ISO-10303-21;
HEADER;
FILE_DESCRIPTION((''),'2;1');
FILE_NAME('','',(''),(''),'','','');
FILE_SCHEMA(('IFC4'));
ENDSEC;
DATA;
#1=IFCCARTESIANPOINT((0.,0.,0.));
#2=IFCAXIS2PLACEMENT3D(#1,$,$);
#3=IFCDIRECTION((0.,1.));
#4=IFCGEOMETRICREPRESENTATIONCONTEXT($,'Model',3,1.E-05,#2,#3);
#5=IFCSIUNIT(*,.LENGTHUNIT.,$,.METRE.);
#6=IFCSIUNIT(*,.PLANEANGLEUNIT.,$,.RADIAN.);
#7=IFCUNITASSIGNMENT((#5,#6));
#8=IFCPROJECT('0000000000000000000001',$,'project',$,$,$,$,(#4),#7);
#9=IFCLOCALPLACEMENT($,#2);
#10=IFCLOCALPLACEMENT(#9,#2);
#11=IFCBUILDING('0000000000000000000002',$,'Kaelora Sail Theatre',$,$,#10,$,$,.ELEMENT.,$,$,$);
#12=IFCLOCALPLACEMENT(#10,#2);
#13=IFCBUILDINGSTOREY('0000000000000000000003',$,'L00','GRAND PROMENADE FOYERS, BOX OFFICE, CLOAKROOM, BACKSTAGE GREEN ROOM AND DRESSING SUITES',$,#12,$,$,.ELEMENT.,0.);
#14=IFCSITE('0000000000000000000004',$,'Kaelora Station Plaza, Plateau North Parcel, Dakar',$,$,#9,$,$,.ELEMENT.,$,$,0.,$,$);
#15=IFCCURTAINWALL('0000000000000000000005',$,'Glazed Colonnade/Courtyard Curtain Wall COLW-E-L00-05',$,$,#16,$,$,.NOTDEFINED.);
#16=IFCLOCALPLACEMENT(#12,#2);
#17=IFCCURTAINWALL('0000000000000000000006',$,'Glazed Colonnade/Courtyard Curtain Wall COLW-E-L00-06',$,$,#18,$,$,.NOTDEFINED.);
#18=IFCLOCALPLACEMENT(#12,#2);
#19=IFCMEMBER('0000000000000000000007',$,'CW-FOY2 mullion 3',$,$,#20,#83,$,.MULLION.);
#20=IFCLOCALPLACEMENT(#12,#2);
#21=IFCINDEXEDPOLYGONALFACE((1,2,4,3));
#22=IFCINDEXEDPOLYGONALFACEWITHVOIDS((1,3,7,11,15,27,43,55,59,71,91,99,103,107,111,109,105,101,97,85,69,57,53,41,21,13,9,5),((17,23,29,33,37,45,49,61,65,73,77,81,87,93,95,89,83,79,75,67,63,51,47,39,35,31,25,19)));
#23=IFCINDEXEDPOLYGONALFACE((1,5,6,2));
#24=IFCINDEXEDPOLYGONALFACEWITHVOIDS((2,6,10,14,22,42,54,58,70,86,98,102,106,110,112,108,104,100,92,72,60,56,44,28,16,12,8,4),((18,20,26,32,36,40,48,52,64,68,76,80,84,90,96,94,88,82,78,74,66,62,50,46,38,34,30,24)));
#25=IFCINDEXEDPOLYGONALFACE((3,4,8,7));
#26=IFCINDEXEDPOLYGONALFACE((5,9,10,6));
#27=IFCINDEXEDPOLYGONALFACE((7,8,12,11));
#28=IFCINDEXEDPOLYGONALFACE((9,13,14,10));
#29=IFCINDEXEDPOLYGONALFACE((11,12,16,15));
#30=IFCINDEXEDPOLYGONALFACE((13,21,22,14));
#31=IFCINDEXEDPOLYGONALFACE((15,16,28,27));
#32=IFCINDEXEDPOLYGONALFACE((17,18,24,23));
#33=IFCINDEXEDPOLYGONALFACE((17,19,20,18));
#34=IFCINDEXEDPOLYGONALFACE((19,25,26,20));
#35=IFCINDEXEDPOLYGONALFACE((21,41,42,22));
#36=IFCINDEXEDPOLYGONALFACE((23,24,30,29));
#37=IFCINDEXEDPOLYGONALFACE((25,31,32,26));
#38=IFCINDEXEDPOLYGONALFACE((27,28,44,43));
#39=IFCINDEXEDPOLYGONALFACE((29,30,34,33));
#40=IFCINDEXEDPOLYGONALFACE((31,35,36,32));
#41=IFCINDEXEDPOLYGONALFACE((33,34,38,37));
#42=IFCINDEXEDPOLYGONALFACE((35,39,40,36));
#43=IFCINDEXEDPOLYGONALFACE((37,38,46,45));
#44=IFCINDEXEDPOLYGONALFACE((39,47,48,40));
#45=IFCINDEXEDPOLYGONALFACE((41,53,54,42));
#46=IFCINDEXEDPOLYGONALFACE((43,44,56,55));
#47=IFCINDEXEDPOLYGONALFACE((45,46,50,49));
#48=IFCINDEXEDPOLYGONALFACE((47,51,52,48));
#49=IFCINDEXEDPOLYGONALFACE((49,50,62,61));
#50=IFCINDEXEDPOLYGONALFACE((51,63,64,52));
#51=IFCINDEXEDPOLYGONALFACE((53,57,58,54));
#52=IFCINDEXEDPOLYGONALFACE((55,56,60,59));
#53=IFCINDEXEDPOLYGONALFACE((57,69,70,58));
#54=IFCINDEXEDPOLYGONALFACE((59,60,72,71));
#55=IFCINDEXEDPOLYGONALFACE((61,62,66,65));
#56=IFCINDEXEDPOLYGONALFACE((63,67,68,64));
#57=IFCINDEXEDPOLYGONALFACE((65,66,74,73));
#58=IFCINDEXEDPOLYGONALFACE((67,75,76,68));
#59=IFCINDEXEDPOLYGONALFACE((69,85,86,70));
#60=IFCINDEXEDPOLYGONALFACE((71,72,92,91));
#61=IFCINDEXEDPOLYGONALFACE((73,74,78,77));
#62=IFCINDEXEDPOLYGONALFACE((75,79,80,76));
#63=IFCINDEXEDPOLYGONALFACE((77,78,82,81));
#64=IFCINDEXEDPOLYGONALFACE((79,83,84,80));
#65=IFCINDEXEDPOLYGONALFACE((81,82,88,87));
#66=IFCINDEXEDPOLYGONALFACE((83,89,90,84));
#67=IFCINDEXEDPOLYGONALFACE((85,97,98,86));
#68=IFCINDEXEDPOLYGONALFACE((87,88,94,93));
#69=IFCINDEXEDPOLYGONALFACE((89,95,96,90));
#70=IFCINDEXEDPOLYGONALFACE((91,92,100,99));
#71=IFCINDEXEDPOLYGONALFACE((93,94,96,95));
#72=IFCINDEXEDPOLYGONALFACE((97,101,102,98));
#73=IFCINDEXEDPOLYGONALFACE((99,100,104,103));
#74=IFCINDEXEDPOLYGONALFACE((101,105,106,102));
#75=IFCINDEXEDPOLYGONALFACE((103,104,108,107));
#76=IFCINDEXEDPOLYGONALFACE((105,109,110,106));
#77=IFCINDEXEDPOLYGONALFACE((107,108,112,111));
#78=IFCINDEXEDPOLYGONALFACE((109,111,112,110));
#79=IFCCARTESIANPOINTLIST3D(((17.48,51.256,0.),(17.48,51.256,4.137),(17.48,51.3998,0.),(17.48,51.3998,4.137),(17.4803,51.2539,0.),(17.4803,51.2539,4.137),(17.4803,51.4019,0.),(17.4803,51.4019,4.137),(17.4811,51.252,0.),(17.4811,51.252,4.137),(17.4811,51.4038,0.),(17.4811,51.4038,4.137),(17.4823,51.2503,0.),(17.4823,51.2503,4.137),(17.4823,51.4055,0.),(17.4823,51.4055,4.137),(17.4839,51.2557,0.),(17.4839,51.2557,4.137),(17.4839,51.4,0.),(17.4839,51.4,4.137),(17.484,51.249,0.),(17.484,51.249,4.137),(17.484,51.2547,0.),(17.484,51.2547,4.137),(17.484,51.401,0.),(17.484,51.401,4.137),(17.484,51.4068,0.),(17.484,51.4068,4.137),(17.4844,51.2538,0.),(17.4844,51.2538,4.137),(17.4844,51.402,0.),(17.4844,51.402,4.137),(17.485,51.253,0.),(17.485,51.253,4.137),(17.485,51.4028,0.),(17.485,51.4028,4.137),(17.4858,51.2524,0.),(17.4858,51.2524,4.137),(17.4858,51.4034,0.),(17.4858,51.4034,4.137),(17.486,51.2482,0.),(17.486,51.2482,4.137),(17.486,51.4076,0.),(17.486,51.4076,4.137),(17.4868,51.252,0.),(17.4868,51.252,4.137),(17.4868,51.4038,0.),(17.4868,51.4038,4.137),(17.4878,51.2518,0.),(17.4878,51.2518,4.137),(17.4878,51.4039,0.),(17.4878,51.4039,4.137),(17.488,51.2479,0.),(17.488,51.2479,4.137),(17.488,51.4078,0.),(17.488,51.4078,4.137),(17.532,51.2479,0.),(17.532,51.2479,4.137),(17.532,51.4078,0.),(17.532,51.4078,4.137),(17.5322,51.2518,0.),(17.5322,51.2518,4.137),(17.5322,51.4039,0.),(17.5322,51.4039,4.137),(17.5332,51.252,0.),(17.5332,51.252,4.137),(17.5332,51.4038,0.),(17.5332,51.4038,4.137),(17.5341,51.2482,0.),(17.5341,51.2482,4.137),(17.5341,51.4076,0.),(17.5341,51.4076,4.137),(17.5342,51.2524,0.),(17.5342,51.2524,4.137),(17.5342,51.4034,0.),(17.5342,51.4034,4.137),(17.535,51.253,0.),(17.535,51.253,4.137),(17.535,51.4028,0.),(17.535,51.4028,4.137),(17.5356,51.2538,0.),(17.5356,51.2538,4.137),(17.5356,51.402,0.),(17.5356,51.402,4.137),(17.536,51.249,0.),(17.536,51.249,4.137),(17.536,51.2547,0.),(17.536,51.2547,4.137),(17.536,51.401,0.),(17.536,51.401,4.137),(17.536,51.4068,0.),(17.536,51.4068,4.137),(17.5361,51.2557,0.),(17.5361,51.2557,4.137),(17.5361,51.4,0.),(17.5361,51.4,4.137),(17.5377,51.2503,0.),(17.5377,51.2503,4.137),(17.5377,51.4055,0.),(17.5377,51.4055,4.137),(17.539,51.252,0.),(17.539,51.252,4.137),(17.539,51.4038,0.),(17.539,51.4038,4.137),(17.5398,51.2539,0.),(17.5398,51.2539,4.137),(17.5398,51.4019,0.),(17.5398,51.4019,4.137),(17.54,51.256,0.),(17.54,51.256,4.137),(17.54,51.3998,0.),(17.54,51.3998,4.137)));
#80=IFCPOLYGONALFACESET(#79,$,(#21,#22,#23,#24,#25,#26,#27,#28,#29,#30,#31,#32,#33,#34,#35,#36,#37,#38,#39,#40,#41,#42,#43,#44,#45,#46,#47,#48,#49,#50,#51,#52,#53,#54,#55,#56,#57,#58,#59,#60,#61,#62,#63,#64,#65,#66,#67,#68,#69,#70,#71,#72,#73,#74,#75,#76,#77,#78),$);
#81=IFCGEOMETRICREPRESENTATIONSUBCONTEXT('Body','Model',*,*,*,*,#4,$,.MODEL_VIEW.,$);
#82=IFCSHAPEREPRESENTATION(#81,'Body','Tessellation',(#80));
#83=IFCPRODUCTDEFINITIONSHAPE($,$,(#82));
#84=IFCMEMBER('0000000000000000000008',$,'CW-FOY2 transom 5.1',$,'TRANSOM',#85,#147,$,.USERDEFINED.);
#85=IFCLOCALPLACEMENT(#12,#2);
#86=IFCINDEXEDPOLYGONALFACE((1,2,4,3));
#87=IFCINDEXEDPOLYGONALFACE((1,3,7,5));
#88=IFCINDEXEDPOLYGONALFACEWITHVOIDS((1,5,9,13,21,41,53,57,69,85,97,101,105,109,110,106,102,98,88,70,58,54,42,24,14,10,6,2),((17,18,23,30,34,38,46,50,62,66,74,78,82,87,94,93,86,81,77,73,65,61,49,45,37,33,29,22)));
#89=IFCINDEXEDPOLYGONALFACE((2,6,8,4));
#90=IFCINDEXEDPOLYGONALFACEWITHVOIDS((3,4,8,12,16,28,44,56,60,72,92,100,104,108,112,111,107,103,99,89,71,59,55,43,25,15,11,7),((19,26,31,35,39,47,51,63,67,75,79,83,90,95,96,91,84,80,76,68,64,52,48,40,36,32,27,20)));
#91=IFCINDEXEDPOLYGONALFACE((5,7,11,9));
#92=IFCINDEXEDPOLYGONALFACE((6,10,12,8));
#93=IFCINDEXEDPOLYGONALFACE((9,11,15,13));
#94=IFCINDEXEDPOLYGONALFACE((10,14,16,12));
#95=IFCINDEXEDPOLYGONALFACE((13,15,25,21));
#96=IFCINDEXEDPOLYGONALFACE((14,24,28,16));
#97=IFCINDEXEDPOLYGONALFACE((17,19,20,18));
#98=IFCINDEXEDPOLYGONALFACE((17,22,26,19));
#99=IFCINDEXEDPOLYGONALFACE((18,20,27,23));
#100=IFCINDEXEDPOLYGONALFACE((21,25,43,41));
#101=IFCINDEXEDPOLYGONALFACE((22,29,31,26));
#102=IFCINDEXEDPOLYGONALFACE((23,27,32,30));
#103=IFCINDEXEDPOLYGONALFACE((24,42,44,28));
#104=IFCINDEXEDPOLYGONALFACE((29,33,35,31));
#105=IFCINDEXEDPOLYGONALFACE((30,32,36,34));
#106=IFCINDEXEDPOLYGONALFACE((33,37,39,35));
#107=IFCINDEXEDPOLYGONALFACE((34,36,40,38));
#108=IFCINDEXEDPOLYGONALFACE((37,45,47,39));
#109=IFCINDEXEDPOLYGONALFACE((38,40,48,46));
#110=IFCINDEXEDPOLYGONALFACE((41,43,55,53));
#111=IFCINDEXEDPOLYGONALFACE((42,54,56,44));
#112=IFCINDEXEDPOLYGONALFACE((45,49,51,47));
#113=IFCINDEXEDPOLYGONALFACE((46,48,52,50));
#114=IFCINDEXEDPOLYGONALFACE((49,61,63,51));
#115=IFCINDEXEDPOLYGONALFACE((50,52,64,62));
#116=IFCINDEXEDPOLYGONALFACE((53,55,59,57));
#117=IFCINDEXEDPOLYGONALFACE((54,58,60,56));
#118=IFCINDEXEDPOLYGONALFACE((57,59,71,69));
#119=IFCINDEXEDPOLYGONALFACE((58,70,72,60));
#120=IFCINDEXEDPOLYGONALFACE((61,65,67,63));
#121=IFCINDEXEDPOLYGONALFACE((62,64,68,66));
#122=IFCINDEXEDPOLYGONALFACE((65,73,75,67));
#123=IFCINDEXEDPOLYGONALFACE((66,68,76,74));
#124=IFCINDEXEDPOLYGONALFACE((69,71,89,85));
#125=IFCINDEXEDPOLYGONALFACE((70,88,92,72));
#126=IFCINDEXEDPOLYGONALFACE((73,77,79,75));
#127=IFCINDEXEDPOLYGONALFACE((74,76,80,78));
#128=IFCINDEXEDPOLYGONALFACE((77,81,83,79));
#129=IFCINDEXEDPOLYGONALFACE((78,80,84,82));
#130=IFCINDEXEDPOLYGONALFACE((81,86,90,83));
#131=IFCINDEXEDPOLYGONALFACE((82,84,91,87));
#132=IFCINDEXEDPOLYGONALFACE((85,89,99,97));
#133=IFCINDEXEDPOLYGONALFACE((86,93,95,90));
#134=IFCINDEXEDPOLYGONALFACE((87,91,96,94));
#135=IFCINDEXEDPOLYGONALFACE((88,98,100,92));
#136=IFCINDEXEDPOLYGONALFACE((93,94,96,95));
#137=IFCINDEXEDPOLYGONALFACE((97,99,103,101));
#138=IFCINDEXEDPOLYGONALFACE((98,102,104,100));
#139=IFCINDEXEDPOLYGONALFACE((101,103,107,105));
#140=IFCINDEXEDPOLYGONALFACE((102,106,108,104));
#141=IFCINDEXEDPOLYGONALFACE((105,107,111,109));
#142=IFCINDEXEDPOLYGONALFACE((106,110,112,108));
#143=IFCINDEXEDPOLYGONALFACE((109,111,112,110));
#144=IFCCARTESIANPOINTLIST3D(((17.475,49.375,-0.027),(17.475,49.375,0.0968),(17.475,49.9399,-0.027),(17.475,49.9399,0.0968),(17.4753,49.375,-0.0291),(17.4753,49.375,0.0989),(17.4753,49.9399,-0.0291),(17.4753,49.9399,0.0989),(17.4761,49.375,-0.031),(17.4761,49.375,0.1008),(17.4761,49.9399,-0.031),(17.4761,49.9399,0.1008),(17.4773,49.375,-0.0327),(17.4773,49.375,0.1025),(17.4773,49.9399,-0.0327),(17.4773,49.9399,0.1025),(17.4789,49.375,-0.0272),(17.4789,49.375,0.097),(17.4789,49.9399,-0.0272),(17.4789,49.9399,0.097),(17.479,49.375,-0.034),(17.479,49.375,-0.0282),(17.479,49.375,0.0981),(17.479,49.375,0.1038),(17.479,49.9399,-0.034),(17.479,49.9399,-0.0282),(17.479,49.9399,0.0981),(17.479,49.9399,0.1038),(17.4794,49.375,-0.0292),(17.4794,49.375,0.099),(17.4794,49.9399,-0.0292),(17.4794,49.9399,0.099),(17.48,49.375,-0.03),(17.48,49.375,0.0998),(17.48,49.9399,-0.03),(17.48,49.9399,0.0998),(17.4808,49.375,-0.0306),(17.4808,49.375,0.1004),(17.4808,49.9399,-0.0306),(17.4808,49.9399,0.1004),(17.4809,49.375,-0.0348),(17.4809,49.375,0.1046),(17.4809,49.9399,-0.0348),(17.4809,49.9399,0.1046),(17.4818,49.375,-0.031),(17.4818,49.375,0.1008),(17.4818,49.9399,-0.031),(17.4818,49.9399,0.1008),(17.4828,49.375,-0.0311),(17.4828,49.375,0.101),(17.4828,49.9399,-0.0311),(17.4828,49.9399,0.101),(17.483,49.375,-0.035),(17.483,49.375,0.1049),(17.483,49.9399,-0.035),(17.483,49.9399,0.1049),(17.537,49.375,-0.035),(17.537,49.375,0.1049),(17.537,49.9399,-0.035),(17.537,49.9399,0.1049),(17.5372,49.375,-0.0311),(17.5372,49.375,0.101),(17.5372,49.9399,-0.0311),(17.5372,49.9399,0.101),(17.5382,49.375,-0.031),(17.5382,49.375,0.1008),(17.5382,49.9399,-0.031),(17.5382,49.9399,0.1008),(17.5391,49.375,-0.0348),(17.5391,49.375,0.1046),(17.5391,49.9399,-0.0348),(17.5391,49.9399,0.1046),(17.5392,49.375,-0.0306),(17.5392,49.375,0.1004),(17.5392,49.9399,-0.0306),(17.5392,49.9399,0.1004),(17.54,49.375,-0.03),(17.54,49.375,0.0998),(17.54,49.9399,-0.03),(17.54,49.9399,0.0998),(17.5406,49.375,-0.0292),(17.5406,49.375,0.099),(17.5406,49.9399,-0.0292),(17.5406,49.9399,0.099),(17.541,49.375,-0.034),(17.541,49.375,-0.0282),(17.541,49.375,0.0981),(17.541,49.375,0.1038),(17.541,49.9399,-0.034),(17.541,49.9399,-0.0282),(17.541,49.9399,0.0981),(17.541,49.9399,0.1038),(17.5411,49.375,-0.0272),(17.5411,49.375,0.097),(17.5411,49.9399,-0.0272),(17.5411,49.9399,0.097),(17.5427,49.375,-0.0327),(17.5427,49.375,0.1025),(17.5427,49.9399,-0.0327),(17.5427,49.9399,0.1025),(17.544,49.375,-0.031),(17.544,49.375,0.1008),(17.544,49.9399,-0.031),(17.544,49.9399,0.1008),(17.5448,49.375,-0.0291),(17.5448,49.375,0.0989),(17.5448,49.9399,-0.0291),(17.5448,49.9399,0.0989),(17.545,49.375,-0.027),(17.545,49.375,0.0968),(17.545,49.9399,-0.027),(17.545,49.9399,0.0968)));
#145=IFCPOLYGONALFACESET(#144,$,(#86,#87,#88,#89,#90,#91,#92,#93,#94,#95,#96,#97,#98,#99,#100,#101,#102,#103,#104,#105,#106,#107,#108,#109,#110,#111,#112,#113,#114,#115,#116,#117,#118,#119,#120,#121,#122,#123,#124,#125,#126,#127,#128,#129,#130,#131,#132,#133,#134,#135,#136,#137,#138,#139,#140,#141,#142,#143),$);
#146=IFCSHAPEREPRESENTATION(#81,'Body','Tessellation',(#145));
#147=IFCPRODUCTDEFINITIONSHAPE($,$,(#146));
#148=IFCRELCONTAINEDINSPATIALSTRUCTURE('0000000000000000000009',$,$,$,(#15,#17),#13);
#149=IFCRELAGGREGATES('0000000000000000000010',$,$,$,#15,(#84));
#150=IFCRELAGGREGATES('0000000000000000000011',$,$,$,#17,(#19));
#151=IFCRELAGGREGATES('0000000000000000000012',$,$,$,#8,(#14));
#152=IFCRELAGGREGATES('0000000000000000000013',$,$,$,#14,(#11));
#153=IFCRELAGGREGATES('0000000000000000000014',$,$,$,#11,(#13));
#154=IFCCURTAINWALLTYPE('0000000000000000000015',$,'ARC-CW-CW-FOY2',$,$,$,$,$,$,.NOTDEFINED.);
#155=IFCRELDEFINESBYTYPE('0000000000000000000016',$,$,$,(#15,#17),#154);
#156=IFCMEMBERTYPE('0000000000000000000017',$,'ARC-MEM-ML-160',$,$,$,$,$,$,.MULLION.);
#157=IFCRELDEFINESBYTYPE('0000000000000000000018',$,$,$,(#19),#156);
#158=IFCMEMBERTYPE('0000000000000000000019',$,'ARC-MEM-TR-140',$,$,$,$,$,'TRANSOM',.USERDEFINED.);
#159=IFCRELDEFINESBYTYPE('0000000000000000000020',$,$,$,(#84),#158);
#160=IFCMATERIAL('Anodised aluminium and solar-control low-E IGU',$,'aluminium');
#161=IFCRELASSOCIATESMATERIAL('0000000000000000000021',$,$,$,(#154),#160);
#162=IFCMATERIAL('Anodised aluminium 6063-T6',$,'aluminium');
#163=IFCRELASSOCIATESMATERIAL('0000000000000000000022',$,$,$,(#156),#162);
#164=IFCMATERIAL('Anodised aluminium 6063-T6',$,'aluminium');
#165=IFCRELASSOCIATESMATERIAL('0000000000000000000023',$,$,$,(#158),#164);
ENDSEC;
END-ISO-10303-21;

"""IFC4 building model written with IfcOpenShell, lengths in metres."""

from ifc_helpers import new_model, si_unit, direction, frame, origin, origin_2d, place, context, subcontext, project, spatial, hollow_rectangle, extrude, material, material_profile, profile_set, type_object, element, aggregate, save


model = new_model("IFC4")

# Units and contexts
model_context = context("Model", 3, precision=1e-05, world=origin(), true_north=direction((0.0, 1.0)))
body_context = subcontext(model_context, "Body", "Model", "MODEL_VIEW")
ifc_project = project(units=[si_unit("LENGTHUNIT", "METRE"), si_unit("PLANEANGLEUNIT", "RADIAN")], contexts=[model_context])

# Site, building, storey
site_placement = place(None, origin())
site = spatial("IfcSite", under=ifc_project, at=site_placement, Name="Kaelora Station Plaza, Plateau North Parcel, Dakar", CompositionType="ELEMENT", RefElevation=0.0)
building_placement = place(site_placement, origin())
building = spatial("IfcBuilding", under=site, at=building_placement, Name="Kaelora Sail Theatre", CompositionType="ELEMENT")
storey_placement = place(building_placement, origin())
storey = spatial("IfcBuildingStorey", under=building, at=storey_placement, Name="L00", Description="GRAND PROMENADE FOYERS, BOX OFFICE, CLOAKROOM, BACKSTAGE GREEN ROOM AND DRESSING SUITES", CompositionType="ELEMENT", Elevation=0.0)

# Curtain walls, member
ifc_material_1 = material(Name="Anodised aluminium and solar-control low-E IGU", Category="aluminium")
curtain_wall_type = type_object("IfcCurtainWallType", Name="ARC-CW-CW-FOY2", PredefinedType="NOTDEFINED", material=ifc_material_1)
curtain_wall_1_placement = place(storey_placement, origin())
curtain_wall_1 = element("IfcCurtainWall", 1, at=curtain_wall_1_placement, inside=storey, type_object=curtain_wall_type, Name="Glazed Colonnade/Courtyard Curtain Wall COLW-E-L00-05", PredefinedType="NOTDEFINED")
ifc_material_2 = material(Name="Anodised aluminium 6063-T6", Category="aluminium")
ifc_material_profile_1 = material_profile(ifc_material_2, hollow_rectangle(XDim=0.0601, YDim=0.1599, WallThickness=0.0039, InnerFilletRadius=0.0039, OuterFilletRadius=0.0081, at=origin_2d()), Name="ALU-MULL 60x160x4")
ifc_profile_set_1 = profile_set([ifc_material_profile_1], Name="Anodised aluminium 6063-T6")
member_type_1 = type_object("IfcMemberType", Name="ARC-MEM-ML-160", PredefinedType="MULLION", material=ifc_profile_set_1)
curtain_wall_2_placement = place(storey_placement, origin())
curtain_wall_2 = element("IfcCurtainWall", 2, at=curtain_wall_2_placement, inside=storey, type_object=curtain_wall_type, Name="Glazed Colonnade/Courtyard Curtain Wall COLW-E-L00-06", PredefinedType="NOTDEFINED")
member_1_placement = place(storey_placement, frame((17.51, 51.3279, 0.0), z_axis=(0.0, 0.0, 1.0), x_axis=(-1.0, 0.0, 0.0)))
member_1 = element("IfcMember", 3, at=member_1_placement, type_object=member_type_1, Name="CW-FOY2 mullion 3", PredefinedType="MULLION", context=body_context, shape_type="SweptSolid", body=[
    extrude(hollow_rectangle(XDim=0.0601, YDim=0.1599, WallThickness=0.0039, InnerFilletRadius=0.0039, OuterFilletRadius=0.0081, at=origin_2d()), origin(), (0.0, 0.0, 1.0), 4.137),
])

# Member
ifc_material_3 = material(Name="Anodised aluminium 6063-T6", Category="aluminium")
ifc_material_profile_2 = material_profile(ifc_material_3, hollow_rectangle(XDim=0.0701, YDim=0.1399, WallThickness=0.0039, InnerFilletRadius=0.0039, OuterFilletRadius=0.0081, at=origin_2d()), Name="ALU-TRAN 70x140x4")
ifc_profile_set_2 = profile_set([ifc_material_profile_2], Name="Anodised aluminium 6063-T6")
member_type_2 = type_object("IfcMemberType", Name="ARC-MEM-TR-140", ElementType="TRANSOM", PredefinedType="USERDEFINED", material=ifc_profile_set_2)
member_2_placement = place(storey_placement, frame((17.51, 49.375, 0.0349), z_axis=(0.0, 1.0, 0.0), x_axis=(-1.0, 0.0, 0.0)))
member_2 = element("IfcMember", 4, at=member_2_placement, type_object=member_type_2, Name="CW-FOY2 transom 5.1", ObjectType="TRANSOM", PredefinedType="USERDEFINED", context=body_context, shape_type="SweptSolid", body=[
    extrude(hollow_rectangle(XDim=0.0701, YDim=0.1399, WallThickness=0.0039, InnerFilletRadius=0.0039, OuterFilletRadius=0.0081, at=origin_2d()), origin(), (0.0, 0.0, 1.0), 0.5649),
])

aggregate(curtain_wall_1, [member_2])
aggregate(curtain_wall_2, [member_1])

save(model, "model.ifc")
